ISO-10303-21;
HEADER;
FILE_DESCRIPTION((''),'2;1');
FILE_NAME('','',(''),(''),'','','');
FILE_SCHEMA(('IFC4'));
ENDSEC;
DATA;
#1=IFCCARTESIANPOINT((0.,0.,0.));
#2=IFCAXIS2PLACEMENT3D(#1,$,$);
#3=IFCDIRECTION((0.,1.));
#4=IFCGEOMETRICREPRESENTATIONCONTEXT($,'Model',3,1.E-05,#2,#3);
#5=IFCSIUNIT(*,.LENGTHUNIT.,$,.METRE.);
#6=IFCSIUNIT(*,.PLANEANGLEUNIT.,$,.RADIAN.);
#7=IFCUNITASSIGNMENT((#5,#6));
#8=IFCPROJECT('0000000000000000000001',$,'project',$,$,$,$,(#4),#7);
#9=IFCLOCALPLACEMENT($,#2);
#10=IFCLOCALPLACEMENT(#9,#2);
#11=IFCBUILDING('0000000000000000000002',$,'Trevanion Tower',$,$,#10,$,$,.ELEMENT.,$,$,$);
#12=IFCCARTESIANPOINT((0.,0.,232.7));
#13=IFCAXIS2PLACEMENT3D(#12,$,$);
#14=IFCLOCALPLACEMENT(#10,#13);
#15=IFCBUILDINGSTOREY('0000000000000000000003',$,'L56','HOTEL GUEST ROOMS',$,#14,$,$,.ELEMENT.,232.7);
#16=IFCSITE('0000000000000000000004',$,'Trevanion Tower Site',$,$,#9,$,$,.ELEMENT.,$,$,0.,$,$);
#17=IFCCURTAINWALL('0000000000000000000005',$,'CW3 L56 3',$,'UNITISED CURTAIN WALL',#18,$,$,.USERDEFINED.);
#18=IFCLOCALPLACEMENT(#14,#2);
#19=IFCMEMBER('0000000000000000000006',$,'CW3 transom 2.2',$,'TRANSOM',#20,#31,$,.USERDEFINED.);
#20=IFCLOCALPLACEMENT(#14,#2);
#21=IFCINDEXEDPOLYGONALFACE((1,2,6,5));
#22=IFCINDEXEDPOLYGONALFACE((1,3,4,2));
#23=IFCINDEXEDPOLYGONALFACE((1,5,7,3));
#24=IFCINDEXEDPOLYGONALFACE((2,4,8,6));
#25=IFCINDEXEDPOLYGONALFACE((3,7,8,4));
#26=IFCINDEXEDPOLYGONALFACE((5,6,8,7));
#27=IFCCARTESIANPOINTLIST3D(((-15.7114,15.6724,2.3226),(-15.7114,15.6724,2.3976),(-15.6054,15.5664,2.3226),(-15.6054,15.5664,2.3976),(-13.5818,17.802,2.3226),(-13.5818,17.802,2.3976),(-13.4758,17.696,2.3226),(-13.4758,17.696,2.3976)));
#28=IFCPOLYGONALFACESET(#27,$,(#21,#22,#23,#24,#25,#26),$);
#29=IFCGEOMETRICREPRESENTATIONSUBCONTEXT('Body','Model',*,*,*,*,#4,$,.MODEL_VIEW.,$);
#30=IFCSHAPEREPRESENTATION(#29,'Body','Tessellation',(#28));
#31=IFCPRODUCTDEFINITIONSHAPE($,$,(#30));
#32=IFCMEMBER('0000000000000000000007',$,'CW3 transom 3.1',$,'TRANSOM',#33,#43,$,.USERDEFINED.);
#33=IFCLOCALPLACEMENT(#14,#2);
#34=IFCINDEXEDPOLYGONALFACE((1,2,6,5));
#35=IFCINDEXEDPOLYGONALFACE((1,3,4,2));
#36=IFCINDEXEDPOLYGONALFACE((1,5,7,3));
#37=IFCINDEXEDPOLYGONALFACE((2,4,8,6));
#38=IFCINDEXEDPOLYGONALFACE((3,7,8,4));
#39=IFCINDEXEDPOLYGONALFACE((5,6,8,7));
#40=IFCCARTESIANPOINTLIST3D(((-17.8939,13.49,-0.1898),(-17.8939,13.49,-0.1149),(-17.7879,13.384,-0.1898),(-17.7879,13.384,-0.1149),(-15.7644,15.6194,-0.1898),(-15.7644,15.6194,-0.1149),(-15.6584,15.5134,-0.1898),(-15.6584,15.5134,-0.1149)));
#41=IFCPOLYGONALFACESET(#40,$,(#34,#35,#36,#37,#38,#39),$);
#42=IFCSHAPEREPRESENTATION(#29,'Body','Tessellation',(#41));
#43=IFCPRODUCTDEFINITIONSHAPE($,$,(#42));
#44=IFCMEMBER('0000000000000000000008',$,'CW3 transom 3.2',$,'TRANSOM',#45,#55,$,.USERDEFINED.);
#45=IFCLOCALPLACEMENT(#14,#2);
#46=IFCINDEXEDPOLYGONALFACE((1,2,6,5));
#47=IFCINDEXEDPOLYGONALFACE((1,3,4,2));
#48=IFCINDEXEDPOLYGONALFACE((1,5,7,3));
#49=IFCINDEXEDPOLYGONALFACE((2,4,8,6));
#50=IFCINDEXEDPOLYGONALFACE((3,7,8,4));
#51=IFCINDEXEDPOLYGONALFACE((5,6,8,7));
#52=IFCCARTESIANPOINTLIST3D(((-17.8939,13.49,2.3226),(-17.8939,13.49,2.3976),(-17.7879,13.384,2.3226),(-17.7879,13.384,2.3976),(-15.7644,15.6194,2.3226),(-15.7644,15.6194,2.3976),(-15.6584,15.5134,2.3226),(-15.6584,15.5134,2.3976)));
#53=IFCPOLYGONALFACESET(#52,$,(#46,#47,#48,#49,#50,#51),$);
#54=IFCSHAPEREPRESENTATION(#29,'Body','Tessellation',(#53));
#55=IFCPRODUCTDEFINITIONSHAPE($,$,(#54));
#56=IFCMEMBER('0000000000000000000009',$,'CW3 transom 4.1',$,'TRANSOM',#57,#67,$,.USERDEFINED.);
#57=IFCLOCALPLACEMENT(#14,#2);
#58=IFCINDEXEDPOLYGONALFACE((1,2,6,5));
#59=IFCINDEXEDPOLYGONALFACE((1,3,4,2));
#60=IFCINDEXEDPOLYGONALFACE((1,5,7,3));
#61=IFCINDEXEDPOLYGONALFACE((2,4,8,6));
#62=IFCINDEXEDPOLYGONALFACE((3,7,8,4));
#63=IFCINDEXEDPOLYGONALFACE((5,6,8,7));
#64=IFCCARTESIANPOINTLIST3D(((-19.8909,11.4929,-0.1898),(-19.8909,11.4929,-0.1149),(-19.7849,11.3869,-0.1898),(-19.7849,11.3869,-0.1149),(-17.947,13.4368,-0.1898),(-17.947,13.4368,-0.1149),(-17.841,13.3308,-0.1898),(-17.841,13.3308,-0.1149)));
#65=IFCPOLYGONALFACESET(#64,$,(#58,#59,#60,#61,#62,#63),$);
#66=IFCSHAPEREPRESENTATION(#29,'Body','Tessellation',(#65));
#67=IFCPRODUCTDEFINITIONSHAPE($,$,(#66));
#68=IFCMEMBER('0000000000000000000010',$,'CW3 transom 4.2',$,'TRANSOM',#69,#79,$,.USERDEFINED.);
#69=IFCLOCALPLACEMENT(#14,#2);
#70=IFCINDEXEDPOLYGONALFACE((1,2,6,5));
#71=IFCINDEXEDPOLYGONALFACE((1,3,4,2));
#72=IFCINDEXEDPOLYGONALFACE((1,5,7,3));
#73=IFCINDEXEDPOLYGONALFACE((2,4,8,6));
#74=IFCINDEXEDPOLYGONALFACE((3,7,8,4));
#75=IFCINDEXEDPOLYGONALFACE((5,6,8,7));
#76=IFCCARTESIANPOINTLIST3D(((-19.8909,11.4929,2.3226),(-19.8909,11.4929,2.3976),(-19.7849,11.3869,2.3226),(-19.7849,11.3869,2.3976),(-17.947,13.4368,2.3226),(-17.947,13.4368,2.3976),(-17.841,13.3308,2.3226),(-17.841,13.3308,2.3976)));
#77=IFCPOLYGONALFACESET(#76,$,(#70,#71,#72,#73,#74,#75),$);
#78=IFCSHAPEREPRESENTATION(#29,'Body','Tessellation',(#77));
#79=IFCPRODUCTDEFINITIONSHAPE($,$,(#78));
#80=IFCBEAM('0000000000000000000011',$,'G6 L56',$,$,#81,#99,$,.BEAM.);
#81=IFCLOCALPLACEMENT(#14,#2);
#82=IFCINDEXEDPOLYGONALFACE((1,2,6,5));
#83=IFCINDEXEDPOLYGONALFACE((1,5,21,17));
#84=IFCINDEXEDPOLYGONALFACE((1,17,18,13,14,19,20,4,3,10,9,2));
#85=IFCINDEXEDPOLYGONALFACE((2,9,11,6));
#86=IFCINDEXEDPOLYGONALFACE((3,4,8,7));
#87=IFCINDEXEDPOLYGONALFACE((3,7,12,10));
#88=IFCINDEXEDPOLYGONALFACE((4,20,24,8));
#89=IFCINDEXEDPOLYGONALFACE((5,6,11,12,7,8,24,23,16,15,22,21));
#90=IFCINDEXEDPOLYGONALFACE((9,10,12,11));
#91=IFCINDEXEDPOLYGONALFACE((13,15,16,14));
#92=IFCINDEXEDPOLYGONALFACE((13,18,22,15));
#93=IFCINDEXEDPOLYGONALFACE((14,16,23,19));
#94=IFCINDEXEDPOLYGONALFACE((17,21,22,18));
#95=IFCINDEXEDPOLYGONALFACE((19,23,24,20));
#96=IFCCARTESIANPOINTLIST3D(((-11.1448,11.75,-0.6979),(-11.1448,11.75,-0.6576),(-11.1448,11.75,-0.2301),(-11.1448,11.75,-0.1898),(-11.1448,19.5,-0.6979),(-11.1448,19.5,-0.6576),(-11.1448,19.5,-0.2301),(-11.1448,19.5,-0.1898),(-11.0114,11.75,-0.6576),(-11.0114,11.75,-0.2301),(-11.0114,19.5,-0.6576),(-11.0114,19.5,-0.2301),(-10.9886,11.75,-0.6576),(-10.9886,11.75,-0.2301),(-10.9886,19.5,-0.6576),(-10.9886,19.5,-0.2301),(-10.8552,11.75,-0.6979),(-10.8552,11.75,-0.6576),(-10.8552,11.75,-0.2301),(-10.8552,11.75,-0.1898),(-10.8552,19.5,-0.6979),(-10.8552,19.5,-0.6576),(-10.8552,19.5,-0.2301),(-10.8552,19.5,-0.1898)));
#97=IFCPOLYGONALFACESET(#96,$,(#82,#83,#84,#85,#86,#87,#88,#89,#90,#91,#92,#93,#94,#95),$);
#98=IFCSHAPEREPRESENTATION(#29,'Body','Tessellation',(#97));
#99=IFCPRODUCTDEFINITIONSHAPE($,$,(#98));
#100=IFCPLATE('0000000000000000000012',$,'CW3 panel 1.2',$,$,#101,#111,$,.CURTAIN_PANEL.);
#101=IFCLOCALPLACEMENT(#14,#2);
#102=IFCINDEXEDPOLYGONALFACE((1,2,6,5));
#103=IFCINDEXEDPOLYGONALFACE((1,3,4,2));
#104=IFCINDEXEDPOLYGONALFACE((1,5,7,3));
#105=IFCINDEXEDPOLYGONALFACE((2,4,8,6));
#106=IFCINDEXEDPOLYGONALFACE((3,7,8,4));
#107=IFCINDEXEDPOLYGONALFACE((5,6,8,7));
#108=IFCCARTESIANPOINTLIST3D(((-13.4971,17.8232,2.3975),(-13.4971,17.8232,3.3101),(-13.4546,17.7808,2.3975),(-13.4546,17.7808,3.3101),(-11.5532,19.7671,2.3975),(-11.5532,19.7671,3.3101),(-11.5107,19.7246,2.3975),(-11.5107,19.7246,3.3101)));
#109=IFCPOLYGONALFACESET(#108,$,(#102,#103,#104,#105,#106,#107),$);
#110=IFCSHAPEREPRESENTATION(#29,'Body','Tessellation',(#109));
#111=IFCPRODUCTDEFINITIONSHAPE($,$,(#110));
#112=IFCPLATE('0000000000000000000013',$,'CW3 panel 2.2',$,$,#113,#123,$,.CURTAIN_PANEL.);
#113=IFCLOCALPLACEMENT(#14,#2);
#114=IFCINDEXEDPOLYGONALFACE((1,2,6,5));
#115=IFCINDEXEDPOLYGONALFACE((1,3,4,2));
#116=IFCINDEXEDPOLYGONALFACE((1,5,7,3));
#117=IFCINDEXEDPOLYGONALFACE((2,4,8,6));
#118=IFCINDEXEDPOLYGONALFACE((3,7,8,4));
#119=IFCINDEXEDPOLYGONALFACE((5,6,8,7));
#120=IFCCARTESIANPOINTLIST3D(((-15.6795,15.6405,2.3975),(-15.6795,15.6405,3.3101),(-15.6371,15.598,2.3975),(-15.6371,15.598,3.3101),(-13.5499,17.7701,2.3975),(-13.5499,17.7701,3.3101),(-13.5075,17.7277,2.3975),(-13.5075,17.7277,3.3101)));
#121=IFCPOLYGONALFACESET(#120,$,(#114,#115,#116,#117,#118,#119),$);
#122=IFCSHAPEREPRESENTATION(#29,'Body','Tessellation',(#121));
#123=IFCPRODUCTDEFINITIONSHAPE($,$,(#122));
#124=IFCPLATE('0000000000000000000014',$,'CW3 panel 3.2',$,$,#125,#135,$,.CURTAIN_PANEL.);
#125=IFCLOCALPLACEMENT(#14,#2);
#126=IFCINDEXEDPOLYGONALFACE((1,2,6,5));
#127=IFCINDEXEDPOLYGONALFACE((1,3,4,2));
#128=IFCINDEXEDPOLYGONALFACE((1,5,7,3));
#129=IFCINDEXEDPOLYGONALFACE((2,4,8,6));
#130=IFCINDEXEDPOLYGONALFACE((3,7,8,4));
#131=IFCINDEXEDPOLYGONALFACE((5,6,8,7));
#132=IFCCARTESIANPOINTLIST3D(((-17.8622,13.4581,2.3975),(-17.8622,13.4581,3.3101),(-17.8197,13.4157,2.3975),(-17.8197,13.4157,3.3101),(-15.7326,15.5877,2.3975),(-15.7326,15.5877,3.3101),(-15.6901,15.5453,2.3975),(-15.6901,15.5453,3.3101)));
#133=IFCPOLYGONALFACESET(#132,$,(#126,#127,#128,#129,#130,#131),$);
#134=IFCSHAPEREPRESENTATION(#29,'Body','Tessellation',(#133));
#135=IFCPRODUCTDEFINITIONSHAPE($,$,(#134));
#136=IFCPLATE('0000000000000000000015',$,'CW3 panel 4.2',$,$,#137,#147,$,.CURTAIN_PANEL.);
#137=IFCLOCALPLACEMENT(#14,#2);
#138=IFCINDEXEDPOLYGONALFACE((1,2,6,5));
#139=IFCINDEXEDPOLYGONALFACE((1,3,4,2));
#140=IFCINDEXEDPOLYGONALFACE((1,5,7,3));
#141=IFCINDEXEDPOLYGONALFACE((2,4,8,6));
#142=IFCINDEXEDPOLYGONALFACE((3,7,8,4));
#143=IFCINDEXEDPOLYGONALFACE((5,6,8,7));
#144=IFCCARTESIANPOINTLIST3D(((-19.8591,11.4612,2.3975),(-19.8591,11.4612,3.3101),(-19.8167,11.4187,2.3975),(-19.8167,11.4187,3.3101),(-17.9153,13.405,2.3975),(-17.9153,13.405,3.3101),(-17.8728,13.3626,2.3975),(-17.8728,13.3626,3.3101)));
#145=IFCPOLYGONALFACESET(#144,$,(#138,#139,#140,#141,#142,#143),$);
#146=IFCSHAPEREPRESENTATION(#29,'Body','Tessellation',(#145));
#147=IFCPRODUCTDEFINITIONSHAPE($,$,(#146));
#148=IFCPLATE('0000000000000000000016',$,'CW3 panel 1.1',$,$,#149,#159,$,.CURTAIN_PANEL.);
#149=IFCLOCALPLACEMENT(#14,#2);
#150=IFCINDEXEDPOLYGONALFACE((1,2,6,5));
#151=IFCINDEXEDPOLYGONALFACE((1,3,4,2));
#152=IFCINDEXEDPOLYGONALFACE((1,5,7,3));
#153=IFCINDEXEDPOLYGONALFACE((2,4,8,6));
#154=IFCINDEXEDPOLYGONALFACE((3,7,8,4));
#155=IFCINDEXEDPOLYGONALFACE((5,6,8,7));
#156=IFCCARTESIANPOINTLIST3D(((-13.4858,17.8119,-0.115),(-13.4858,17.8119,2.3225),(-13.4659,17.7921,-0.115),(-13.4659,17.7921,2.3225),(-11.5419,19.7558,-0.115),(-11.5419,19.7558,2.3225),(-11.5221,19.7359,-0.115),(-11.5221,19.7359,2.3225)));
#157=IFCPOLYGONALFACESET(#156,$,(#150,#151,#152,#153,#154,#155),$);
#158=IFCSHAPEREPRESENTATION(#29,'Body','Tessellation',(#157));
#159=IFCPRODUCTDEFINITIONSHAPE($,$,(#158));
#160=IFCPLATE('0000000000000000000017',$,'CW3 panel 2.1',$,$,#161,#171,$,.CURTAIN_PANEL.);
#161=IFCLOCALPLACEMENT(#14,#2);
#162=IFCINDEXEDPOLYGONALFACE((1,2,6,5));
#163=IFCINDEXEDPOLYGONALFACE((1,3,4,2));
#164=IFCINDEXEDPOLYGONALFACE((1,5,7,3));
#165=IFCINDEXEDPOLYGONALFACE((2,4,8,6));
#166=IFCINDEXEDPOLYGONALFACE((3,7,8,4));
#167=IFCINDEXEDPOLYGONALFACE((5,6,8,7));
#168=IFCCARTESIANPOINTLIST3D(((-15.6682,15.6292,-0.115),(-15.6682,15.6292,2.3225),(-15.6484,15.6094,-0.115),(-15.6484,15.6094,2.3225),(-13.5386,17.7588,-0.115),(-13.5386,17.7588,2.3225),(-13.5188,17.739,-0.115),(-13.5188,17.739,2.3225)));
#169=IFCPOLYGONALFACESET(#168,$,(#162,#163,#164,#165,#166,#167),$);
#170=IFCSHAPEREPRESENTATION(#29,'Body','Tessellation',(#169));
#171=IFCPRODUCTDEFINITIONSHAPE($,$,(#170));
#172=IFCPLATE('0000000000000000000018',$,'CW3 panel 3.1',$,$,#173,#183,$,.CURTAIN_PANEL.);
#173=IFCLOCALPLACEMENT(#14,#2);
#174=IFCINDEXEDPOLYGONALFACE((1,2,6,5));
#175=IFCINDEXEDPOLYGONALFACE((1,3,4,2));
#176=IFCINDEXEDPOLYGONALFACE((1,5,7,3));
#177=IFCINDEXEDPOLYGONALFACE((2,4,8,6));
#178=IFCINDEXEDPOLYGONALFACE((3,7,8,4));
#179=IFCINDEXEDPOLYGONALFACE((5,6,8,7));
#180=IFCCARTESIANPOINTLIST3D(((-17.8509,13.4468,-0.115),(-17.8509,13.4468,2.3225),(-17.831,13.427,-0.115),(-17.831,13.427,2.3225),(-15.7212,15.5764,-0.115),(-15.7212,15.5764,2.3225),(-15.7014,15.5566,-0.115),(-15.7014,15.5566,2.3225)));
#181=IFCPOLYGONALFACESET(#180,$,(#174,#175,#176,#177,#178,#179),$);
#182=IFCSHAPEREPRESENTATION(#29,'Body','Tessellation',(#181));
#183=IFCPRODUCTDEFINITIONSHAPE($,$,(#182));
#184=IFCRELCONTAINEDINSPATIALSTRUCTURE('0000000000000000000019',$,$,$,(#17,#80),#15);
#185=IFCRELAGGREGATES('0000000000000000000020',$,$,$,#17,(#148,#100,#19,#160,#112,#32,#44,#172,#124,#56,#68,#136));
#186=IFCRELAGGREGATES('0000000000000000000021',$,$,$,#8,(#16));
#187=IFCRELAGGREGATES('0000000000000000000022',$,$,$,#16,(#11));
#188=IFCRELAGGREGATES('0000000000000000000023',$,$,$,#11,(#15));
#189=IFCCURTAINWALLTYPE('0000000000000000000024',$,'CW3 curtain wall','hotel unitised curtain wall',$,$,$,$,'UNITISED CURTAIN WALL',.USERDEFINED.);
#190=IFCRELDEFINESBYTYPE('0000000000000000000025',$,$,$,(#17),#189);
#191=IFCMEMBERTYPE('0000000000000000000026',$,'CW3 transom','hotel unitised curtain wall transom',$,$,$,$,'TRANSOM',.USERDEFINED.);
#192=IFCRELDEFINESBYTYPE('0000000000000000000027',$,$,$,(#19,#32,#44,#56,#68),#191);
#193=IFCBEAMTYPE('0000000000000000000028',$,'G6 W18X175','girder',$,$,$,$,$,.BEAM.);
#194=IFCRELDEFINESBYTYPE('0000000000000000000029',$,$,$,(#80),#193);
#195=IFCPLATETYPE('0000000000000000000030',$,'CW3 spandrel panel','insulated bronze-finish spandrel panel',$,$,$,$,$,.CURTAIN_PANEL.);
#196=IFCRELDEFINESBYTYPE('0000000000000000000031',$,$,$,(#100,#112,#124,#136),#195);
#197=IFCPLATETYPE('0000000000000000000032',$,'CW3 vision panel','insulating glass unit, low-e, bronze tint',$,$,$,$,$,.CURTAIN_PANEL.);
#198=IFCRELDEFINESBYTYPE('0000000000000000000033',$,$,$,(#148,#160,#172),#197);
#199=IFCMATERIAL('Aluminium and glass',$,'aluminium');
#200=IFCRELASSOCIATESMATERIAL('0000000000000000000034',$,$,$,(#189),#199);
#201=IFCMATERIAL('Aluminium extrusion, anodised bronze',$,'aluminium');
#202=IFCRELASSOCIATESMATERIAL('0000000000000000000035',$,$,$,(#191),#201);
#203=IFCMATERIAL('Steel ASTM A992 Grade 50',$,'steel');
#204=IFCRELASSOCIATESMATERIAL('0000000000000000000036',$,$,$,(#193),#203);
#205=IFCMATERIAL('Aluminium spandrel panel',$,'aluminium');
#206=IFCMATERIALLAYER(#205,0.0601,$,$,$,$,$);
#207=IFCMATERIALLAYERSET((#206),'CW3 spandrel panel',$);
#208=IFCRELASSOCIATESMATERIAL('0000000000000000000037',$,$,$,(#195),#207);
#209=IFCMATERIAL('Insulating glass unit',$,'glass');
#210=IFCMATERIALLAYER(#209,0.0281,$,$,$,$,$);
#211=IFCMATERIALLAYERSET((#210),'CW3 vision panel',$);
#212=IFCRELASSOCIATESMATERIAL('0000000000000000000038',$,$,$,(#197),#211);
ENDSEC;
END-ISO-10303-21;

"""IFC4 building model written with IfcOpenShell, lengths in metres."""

from ifc_helpers import new_model, si_unit, direction, frame, origin, origin_2d, place, context, subcontext, project, spatial, rectangle, i_section, extrude, material, layer, layer_set, material_profile, profile_set, type_object, element, aggregate, save


model = new_model("IFC4")

# Units and contexts
model_context = context("Model", 3, precision=1e-05, world=origin(), true_north=direction((0.0, 1.0)))
body_context = subcontext(model_context, "Body", "Model", "MODEL_VIEW")
ifc_project = project(units=[si_unit("LENGTHUNIT", "METRE"), si_unit("PLANEANGLEUNIT", "RADIAN")], contexts=[model_context])

# Site, building, storey
site_placement = place(None, origin())
site = spatial("IfcSite", under=ifc_project, at=site_placement, Name="Trevanion Tower Site", CompositionType="ELEMENT", RefElevation=0.0)
building_placement = place(site_placement, origin())
building = spatial("IfcBuilding", under=site, at=building_placement, Name="Trevanion Tower", CompositionType="ELEMENT")
storey_placement = place(building_placement, frame((0.0, 0.0, 232.7)))
storey = spatial("IfcBuildingStorey", under=building, at=storey_placement, Name="L56", Description="HOTEL GUEST ROOMS", CompositionType="ELEMENT", Elevation=232.7)

# Curtain wall
ifc_material_1 = material(Name="Aluminium and glass", Category="aluminium")
curtain_wall_type = type_object("IfcCurtainWallType", Name="CW3 curtain wall", Description="hotel unitised curtain wall", ElementType="UNITISED CURTAIN WALL", PredefinedType="USERDEFINED", material=ifc_material_1)
curtain_wall_1_placement = place(storey_placement, origin())
curtain_wall_1 = element("IfcCurtainWall", 1, at=curtain_wall_1_placement, inside=storey, type_object=curtain_wall_type, Name="CW3 L56 3", ObjectType="UNITISED CURTAIN WALL", PredefinedType="USERDEFINED")

# Members
ifc_material_2 = material(Name="Aluminium extrusion, anodised bronze", Category="aluminium")
ifc_material_profile_1 = material_profile(ifc_material_2, rectangle(XDim=0.1499, YDim=0.075, at=origin_2d()), Name="CW3 transom")
ifc_profile_set_1 = profile_set([ifc_material_profile_1], Name="Aluminium extrusion, anodised bronze")
member_type_1 = type_object("IfcMemberType", Name="CW3 transom", Description="hotel unitised curtain wall transom", ElementType="TRANSOM", PredefinedType="USERDEFINED", material=ifc_profile_set_1)
member_1_placement = place(storey_placement, frame((-13.5288, 17.749, 2.3601), z_axis=(-0.707107, -0.707107, 0.0), x_axis=(0.707107, -0.707107, 0.0)))
member_1 = element("IfcMember", 2, at=member_1_placement, type_object=member_type_1, Name="CW3 transom 2.2", ObjectType="TRANSOM", PredefinedType="USERDEFINED", context=body_context, shape_type="SweptSolid", body=[
    extrude(rectangle(XDim=0.1499, YDim=0.075, at=origin_2d()), origin(), (0.0, 0.0, 1.0), 3.0117),
])
member_2_placement = place(storey_placement, frame((-15.7114, 15.5664, -0.1523), z_axis=(-0.707107, -0.707107, 0.0), x_axis=(0.707107, -0.707107, 0.0)))
member_2 = element("IfcMember", 3, at=member_2_placement, type_object=member_type_1, Name="CW3 transom 3.1", ObjectType="TRANSOM", PredefinedType="USERDEFINED", context=body_context, shape_type="SweptSolid", body=[
    extrude(rectangle(XDim=0.1499, YDim=0.075, at=origin_2d()), origin(), (0.0, 0.0, 1.0), 3.0115),
])
member_3_placement = place(storey_placement, frame((-15.7114, 15.5664, 2.3601), z_axis=(-0.707107, -0.707107, 0.0), x_axis=(0.707107, -0.707107, 0.0)))
member_3 = element("IfcMember", 4, at=member_3_placement, type_object=member_type_1, Name="CW3 transom 3.2", ObjectType="TRANSOM", PredefinedType="USERDEFINED", context=body_context, shape_type="SweptSolid", body=[
    extrude(rectangle(XDim=0.1499, YDim=0.075, at=origin_2d()), origin(), (0.0, 0.0, 1.0), 3.0115),
])
member_4_placement = place(storey_placement, frame((-17.894, 13.3838, -0.1523), z_axis=(-0.707107, -0.707107, 0.0), x_axis=(0.707107, -0.707107, 0.0)))
member_4 = element("IfcMember", 5, at=member_4_placement, type_object=member_type_1, Name="CW3 transom 4.1", ObjectType="TRANSOM", PredefinedType="USERDEFINED", context=body_context, shape_type="SweptSolid", body=[
    extrude(rectangle(XDim=0.1499, YDim=0.075, at=origin_2d()), origin(), (0.0, 0.0, 1.0), 2.749),
])
member_5_placement = place(storey_placement, frame((-17.894, 13.3838, 2.3601), z_axis=(-0.707107, -0.707107, 0.0), x_axis=(0.707107, -0.707107, 0.0)))
member_5 = element("IfcMember", 6, at=member_5_placement, type_object=member_type_1, Name="CW3 transom 4.2", ObjectType="TRANSOM", PredefinedType="USERDEFINED", context=body_context, shape_type="SweptSolid", body=[
    extrude(rectangle(XDim=0.1499, YDim=0.075, at=origin_2d()), origin(), (0.0, 0.0, 1.0), 2.749),
])

# Beam
ifc_material_3 = material(Name="Steel ASTM A992 Grade 50", Category="steel")
ifc_material_profile_2 = material_profile(ifc_material_3, i_section(OverallWidth=0.2896, OverallDepth=0.5081, WebThickness=0.0227, FlangeThickness=0.0403, at=origin_2d()), Name="W18X175")
ifc_profile_set_2 = profile_set([ifc_material_profile_2], Name="Steel ASTM A992 Grade 50")
beam_type_1 = type_object("IfcBeamType", Name="G6 W18X175", Description="girder", PredefinedType="BEAM", material=ifc_profile_set_2)
beam_1_placement = place(storey_placement, frame((-11.0, 11.75, -0.4438), z_axis=(0.0, 1.0, 0.0), x_axis=(-1.0, 0.0, 0.0)))
element("IfcBeam", 7, at=beam_1_placement, inside=storey, type_object=beam_type_1, Name="G6 L56", PredefinedType="BEAM", context=body_context, shape_type="SweptSolid", body=[
    extrude(i_section(OverallWidth=0.2896, OverallDepth=0.5081, WebThickness=0.0227, FlangeThickness=0.0403, at=origin_2d()), origin(), (0.0, 0.0, 1.0), 7.75),
])

# Plates
ifc_material_4 = material(Name="Aluminium spandrel panel", Category="aluminium")
ifc_layer_1 = layer(ifc_material_4, 0.0601)
ifc_layer_set_1 = layer_set([ifc_layer_1], Name="CW3 spandrel panel")
plate_type_1 = type_object("IfcPlateType", Name="CW3 spandrel panel", Description="insulated bronze-finish spandrel panel", PredefinedType="CURTAIN_PANEL", material=ifc_layer_set_1)
plate_1_placement = place(storey_placement, frame((-12.5039, 18.7739, 2.3975), z_axis=(0.0, 0.0, 1.0), x_axis=(-0.707107, -0.707107, 0.0)))
plate_1 = element("IfcPlate", 8, at=plate_1_placement, type_object=plate_type_1, Name="CW3 panel 1.2", PredefinedType="CURTAIN_PANEL", context=body_context, shape_type="SweptSolid", body=[
    extrude(rectangle(XDim=2.749, YDim=0.0601, at=origin_2d()), origin(), (0.0, 0.0, 1.0), 0.9126),
])
plate_2_placement = place(storey_placement, frame((-14.5935, 16.6841, 2.3975), z_axis=(0.0, 0.0, 1.0), x_axis=(-0.707107, -0.707107, 0.0)))
plate_2 = element("IfcPlate", 9, at=plate_2_placement, type_object=plate_type_1, Name="CW3 panel 2.2", PredefinedType="CURTAIN_PANEL", context=body_context, shape_type="SweptSolid", body=[
    extrude(rectangle(XDim=3.0117, YDim=0.0601, at=origin_2d()), origin(), (0.0, 0.0, 1.0), 0.9126),
])
plate_3_placement = place(storey_placement, frame((-16.7761, 14.5017, 2.3975), z_axis=(0.0, 0.0, 1.0), x_axis=(-0.707107, -0.707107, 0.0)))
plate_3 = element("IfcPlate", 10, at=plate_3_placement, type_object=plate_type_1, Name="CW3 panel 3.2", PredefinedType="CURTAIN_PANEL", context=body_context, shape_type="SweptSolid", body=[
    extrude(rectangle(XDim=3.0117, YDim=0.0601, at=origin_2d()), origin(), (0.0, 0.0, 1.0), 0.9126),
])
plate_4_placement = place(storey_placement, frame((-18.866, 12.4119, 2.3975), z_axis=(0.0, 0.0, 1.0), x_axis=(-0.707107, -0.707107, 0.0)))
plate_4 = element("IfcPlate", 11, at=plate_4_placement, type_object=plate_type_1, Name="CW3 panel 4.2", PredefinedType="CURTAIN_PANEL", context=body_context, shape_type="SweptSolid", body=[
    extrude(rectangle(XDim=2.749, YDim=0.0601, at=origin_2d()), origin(), (0.0, 0.0, 1.0), 0.9126),
])
ifc_material_5 = material(Name="Insulating glass unit", Category="glass")
ifc_layer_2 = layer(ifc_material_5, 0.0281)
ifc_layer_set_2 = layer_set([ifc_layer_2], Name="CW3 vision panel")
plate_type_2 = type_object("IfcPlateType", Name="CW3 vision panel", Description="insulating glass unit, low-e, bronze tint", PredefinedType="CURTAIN_PANEL", material=ifc_layer_set_2)
plate_5_placement = place(storey_placement, frame((-12.5039, 18.7739, -0.115), z_axis=(0.0, 0.0, 1.0), x_axis=(-0.707107, -0.707107, 0.0)))
plate_5 = element("IfcPlate", 12, at=plate_5_placement, type_object=plate_type_2, Name="CW3 panel 1.1", PredefinedType="CURTAIN_PANEL", context=body_context, shape_type="SweptSolid", body=[
    extrude(rectangle(XDim=2.749, YDim=0.0281, at=origin_2d()), origin(), (0.0, 0.0, 1.0), 2.4375),
])
plate_6_placement = place(storey_placement, frame((-14.5935, 16.6841, -0.115), z_axis=(0.0, 0.0, 1.0), x_axis=(-0.707107, -0.707107, 0.0)))
plate_6 = element("IfcPlate", 13, at=plate_6_placement, type_object=plate_type_2, Name="CW3 panel 2.1", PredefinedType="CURTAIN_PANEL", context=body_context, shape_type="SweptSolid", body=[
    extrude(rectangle(XDim=3.0117, YDim=0.0281, at=origin_2d()), origin(), (0.0, 0.0, 1.0), 2.4375),
])
plate_7_placement = place(storey_placement, frame((-16.7761, 14.5017, -0.115), z_axis=(0.0, 0.0, 1.0), x_axis=(-0.707107, -0.707107, 0.0)))
plate_7 = element("IfcPlate", 14, at=plate_7_placement, type_object=plate_type_2, Name="CW3 panel 3.1", PredefinedType="CURTAIN_PANEL", context=body_context, shape_type="SweptSolid", body=[
    extrude(rectangle(XDim=3.0117, YDim=0.0281, at=origin_2d()), origin(), (0.0, 0.0, 1.0), 2.4375),
])
aggregate(curtain_wall_1, [plate_5, plate_1, member_1, plate_6, plate_2, member_2, member_3, plate_7, plate_3, member_4, member_5, plate_4])

save(model, "model.ifc")
